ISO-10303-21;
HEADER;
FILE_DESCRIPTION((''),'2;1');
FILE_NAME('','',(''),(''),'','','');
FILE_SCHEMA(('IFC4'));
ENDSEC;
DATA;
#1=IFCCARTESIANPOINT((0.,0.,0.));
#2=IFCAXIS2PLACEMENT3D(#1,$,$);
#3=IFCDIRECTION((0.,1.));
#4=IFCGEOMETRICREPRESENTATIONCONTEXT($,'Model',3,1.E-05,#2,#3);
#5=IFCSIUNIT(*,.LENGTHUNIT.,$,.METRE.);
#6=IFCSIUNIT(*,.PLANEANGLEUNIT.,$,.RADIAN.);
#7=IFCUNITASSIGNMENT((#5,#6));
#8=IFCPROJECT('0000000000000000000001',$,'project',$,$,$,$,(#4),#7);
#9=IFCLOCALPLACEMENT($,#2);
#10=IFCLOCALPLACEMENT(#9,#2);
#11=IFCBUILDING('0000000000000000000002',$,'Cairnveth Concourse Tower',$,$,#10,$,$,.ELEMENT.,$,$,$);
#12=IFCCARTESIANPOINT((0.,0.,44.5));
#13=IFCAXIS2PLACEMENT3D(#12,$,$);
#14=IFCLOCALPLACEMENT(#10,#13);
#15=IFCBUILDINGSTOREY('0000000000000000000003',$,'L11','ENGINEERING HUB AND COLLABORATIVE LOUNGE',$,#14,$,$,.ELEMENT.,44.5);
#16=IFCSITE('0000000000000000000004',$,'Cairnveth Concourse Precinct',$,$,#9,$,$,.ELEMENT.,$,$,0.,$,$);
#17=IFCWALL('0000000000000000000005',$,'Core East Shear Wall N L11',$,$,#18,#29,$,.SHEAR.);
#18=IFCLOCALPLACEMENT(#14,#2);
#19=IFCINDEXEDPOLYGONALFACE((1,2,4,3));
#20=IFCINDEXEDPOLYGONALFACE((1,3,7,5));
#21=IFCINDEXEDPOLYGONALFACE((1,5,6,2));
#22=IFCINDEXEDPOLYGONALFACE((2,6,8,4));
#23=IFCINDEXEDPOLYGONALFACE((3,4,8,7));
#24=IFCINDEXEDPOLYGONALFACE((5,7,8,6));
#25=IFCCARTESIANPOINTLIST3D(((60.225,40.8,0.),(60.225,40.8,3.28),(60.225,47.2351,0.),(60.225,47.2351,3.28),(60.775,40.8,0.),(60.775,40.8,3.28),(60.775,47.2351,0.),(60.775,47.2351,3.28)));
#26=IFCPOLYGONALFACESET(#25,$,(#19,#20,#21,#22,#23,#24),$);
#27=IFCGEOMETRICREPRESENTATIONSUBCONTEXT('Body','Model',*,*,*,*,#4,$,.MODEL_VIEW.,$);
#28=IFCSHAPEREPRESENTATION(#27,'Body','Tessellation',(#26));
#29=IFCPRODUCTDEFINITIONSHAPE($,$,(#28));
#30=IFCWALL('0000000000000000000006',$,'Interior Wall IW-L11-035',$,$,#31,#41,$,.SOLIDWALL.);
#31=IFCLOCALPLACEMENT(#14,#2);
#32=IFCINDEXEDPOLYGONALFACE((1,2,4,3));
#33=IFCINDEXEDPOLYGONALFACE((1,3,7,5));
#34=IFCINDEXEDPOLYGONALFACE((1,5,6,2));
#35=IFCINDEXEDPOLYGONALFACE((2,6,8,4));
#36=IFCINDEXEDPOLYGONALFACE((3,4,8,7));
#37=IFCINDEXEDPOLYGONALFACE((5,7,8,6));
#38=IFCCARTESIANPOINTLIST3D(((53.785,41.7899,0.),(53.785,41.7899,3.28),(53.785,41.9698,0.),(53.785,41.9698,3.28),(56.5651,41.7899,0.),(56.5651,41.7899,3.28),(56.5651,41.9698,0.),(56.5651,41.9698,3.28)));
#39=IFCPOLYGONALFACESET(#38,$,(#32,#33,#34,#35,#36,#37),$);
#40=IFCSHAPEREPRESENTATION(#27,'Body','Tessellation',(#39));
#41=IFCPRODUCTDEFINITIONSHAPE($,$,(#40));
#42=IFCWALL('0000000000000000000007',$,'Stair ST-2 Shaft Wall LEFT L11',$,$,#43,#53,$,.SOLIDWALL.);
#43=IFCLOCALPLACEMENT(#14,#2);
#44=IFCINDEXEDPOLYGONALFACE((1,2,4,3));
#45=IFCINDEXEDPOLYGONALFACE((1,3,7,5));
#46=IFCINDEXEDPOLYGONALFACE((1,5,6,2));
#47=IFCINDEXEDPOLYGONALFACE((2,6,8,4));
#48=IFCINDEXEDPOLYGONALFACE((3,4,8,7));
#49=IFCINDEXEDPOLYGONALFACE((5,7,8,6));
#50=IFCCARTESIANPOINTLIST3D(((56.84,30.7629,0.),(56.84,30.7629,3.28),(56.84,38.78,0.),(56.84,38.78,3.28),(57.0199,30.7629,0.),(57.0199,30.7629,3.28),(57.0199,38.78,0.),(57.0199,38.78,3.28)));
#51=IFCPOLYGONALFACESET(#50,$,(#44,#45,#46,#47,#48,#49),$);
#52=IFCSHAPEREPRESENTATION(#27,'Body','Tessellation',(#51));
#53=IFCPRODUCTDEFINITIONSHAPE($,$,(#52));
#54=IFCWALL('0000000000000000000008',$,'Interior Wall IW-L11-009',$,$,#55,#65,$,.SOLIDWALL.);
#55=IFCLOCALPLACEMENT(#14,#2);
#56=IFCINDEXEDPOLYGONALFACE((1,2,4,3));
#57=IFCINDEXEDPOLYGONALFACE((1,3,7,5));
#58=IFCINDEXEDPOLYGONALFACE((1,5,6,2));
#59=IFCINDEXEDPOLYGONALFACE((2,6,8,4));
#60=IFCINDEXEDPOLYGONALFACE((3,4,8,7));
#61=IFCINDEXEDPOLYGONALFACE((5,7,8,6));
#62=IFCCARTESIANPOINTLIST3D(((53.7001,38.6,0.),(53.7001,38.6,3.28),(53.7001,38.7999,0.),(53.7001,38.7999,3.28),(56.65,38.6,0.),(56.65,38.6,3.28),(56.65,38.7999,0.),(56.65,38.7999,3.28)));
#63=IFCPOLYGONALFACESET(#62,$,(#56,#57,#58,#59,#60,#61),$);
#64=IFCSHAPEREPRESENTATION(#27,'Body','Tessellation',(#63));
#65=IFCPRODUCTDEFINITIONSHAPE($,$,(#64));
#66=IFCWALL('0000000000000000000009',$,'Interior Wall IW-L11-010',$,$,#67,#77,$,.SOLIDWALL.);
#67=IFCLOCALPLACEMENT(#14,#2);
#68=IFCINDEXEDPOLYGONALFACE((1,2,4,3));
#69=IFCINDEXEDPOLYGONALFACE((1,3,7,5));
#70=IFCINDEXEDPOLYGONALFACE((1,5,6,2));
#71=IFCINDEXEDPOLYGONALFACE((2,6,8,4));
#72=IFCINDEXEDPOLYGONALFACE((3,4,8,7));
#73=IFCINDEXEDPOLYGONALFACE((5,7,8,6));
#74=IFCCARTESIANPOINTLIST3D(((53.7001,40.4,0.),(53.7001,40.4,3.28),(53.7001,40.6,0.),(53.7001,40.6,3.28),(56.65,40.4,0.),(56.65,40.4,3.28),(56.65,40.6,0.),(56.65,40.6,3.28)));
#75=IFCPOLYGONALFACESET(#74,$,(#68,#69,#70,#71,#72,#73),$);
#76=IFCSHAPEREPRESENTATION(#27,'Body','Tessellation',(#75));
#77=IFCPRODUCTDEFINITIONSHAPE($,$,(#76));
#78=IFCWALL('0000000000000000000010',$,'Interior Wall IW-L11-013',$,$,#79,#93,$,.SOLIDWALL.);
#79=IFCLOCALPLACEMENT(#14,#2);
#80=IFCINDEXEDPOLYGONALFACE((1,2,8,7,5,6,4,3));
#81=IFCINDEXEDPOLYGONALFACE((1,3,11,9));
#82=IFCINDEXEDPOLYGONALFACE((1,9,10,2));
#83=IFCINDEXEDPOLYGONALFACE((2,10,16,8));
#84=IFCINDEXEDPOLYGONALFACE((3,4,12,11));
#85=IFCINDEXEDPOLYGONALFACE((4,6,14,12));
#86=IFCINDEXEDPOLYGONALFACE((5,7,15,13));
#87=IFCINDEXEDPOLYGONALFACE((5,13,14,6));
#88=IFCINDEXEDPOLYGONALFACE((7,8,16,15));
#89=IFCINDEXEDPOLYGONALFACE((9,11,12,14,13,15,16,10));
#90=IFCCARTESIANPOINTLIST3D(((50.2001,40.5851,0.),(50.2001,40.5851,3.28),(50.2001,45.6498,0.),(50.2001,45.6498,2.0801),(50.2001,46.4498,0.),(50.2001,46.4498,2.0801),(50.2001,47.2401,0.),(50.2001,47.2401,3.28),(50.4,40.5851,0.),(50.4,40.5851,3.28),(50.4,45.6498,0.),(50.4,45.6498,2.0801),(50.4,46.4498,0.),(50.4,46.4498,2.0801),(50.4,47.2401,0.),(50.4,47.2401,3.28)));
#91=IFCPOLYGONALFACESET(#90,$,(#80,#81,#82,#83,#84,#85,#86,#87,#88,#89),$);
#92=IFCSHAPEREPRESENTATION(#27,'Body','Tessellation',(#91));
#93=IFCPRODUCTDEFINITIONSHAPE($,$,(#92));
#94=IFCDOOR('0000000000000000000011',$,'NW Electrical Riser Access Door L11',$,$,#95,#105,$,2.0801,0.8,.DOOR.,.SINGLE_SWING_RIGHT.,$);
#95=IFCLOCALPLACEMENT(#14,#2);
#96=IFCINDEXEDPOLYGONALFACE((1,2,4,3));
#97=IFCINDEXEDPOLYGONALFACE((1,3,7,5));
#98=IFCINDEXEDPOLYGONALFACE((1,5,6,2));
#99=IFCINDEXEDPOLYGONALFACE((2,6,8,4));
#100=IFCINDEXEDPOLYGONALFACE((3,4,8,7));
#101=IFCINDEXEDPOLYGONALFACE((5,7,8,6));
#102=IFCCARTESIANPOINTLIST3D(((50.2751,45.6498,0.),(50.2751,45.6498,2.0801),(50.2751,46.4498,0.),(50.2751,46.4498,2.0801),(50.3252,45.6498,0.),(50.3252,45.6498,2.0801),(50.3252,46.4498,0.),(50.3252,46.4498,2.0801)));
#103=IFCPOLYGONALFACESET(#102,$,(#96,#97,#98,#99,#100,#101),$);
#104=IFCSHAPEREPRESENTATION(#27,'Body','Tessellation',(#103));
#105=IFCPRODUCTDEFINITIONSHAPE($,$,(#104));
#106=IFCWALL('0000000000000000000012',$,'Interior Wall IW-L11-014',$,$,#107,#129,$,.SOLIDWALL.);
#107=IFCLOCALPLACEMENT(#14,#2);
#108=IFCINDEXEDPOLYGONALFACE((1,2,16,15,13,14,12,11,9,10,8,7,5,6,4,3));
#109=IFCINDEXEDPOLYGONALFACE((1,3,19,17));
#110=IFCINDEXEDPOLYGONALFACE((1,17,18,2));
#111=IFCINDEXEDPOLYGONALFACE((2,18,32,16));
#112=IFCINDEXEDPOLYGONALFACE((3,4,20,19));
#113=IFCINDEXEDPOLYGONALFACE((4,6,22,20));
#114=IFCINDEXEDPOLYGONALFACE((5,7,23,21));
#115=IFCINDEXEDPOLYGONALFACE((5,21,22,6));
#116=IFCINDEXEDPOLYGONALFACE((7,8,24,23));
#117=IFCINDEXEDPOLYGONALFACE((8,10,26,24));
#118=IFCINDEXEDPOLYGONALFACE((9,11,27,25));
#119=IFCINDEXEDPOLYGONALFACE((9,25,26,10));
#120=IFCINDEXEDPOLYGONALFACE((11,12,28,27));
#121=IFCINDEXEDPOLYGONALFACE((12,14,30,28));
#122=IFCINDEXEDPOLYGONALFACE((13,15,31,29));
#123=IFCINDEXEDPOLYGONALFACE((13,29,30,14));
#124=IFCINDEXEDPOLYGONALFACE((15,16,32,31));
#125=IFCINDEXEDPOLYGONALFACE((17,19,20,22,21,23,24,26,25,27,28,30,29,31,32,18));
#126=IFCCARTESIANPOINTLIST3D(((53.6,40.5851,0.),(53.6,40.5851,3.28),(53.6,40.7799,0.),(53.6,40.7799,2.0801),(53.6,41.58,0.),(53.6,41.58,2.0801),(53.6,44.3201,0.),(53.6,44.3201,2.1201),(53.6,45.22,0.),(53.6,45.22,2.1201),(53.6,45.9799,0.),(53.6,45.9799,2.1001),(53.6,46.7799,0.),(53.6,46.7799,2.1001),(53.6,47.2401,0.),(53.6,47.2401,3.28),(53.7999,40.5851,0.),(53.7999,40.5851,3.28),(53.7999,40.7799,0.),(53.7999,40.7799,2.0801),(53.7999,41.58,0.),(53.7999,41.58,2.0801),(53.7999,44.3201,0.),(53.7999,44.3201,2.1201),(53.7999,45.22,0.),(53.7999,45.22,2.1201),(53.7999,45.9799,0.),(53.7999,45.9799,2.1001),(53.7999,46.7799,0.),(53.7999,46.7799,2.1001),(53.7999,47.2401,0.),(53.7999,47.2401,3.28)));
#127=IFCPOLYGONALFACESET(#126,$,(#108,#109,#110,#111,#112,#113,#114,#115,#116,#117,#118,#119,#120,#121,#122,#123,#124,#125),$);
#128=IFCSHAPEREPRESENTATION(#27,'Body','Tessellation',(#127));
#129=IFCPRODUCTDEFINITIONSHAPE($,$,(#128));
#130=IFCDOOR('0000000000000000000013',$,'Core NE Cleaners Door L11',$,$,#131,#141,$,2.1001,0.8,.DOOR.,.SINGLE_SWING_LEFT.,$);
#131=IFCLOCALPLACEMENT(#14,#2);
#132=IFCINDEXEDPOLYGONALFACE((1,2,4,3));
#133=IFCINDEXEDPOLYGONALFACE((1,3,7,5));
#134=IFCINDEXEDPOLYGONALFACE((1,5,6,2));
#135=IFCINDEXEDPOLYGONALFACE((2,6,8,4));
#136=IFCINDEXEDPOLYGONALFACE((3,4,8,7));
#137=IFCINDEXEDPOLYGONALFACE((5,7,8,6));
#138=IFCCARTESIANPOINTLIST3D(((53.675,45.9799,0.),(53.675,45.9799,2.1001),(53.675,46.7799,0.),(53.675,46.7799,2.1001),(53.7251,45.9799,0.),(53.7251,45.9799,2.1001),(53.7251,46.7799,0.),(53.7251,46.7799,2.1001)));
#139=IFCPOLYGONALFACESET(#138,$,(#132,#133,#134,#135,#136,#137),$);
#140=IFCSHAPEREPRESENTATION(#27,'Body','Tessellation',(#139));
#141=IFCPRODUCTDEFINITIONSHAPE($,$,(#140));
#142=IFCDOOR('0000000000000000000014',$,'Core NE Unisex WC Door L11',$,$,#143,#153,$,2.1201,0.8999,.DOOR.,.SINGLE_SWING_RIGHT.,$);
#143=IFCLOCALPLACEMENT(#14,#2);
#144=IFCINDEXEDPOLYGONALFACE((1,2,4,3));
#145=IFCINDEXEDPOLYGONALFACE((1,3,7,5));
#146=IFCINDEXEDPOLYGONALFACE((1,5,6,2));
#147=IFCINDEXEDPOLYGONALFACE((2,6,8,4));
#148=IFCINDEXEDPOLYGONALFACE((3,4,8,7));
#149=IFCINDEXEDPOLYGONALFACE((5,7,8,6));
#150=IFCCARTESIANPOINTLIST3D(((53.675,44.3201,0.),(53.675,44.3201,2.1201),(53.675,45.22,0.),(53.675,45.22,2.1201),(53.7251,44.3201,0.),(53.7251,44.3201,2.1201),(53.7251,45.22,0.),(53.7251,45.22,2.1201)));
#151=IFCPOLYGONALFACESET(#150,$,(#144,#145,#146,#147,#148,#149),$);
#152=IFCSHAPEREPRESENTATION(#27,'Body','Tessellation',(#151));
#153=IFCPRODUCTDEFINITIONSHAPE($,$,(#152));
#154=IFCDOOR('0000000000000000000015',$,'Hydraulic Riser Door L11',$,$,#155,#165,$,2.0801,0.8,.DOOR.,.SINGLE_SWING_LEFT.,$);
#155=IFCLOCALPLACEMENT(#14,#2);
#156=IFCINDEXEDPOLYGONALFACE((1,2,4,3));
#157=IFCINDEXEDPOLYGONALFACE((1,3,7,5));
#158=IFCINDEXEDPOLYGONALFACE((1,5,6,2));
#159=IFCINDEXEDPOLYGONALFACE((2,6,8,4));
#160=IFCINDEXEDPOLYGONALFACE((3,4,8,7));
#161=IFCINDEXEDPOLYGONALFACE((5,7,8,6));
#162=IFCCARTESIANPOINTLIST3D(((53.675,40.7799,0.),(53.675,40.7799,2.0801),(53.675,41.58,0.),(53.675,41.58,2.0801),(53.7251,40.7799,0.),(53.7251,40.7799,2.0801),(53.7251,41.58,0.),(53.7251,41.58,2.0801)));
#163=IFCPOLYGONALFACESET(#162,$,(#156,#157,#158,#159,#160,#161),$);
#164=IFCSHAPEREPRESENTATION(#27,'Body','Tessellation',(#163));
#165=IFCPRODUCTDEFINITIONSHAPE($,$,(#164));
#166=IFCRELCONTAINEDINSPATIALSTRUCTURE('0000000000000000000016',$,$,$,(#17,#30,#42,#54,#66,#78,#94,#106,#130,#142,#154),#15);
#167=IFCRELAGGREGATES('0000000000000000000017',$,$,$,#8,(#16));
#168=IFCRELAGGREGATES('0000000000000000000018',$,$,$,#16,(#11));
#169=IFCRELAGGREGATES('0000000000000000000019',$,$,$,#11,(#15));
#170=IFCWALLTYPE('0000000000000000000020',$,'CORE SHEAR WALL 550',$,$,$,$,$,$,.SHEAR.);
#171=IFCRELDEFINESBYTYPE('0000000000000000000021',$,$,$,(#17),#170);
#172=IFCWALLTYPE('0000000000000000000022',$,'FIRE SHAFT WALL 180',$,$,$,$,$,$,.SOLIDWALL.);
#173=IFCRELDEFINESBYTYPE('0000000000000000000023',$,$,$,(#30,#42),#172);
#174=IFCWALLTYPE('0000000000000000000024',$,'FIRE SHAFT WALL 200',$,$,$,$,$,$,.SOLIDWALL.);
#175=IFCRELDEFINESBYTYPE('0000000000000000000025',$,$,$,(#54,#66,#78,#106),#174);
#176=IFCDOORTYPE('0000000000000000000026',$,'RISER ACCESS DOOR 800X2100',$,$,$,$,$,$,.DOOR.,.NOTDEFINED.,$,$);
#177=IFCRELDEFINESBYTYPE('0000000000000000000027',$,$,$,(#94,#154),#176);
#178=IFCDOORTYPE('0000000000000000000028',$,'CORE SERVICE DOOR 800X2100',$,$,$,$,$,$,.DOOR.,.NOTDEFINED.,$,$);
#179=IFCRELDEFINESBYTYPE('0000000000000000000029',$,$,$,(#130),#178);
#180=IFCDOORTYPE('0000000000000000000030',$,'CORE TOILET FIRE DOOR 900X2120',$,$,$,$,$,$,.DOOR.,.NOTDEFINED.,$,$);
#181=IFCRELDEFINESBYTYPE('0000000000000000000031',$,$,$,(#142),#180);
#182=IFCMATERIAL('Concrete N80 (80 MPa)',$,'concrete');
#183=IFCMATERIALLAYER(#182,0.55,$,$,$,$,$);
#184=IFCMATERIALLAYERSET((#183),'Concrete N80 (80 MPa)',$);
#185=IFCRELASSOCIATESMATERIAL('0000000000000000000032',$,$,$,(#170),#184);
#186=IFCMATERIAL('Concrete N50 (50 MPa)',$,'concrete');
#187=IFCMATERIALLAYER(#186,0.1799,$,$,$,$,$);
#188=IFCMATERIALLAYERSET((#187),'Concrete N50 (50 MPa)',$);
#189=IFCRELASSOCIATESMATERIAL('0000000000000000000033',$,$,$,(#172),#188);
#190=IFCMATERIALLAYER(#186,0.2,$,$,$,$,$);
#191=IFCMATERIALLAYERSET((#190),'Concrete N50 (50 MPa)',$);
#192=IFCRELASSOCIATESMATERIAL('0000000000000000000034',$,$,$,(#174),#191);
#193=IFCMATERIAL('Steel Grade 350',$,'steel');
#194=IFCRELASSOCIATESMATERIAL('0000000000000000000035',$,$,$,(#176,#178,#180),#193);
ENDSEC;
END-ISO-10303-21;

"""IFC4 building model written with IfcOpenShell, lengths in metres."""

from ifc_helpers import new_model, si_unit, direction, frame, frame_2d, origin, place, context, subcontext, project, spatial, rectangle, extrude, material, layer, layer_set, type_object, element, fill, save


model = new_model("IFC4")

# Units and contexts
model_context = context("Model", 3, precision=1e-05, world=origin(), true_north=direction((0.0, 1.0)))
body_context = subcontext(model_context, "Body", "Model", "MODEL_VIEW")
ifc_project = project(units=[si_unit("LENGTHUNIT", "METRE"), si_unit("PLANEANGLEUNIT", "RADIAN")], contexts=[model_context])

# Site, building, storey
site_placement = place(None, origin())
site = spatial("IfcSite", under=ifc_project, at=site_placement, Name="Cairnveth Concourse Precinct", CompositionType="ELEMENT", RefElevation=0.0)
building_placement = place(site_placement, origin())
building = spatial("IfcBuilding", under=site, at=building_placement, Name="Cairnveth Concourse Tower", CompositionType="ELEMENT")
storey_placement = place(building_placement, frame((0.0, 0.0, 44.5)))
storey = spatial("IfcBuildingStorey", under=building, at=storey_placement, Name="L11", Description="ENGINEERING HUB AND COLLABORATIVE LOUNGE", CompositionType="ELEMENT", Elevation=44.5)

# Walls
ifc_material_1 = material(Name="Concrete N80 (80 MPa)", Category="concrete")
ifc_layer_1 = layer(ifc_material_1, 0.55)
ifc_layer_set_1 = layer_set([ifc_layer_1], Name="Concrete N80 (80 MPa)")
wall_type_1 = type_object("IfcWallType", Name="CORE SHEAR WALL 550", PredefinedType="SHEAR", material=ifc_layer_set_1)
wall_1_placement = place(storey_placement, frame((60.5, 40.8, 0.0), z_axis=(0.0, 0.0, 1.0), x_axis=(0.0, 1.0, 0.0)))
element("IfcWall", 1, at=wall_1_placement, inside=storey, type_object=wall_type_1, Name="Core East Shear Wall N L11", PredefinedType="SHEAR", context=body_context, shape_type="SweptSolid", body=[
    extrude(rectangle(XDim=6.4351, YDim=0.55, at=frame_2d((3.2175, 0.0))), origin(), (0.0, 0.0, 1.0), 3.28),
])
ifc_material_2 = material(Name="Concrete N50 (50 MPa)", Category="concrete")
ifc_layer_2 = layer(ifc_material_2, 0.1799)
ifc_layer_set_2 = layer_set([ifc_layer_2], Name="Concrete N50 (50 MPa)")
wall_type_2 = type_object("IfcWallType", Name="FIRE SHAFT WALL 180", PredefinedType="SOLIDWALL", material=ifc_layer_set_2)
wall_2_placement = place(storey_placement, frame((53.7849, 41.8799, 0.0), z_axis=(0.0, 0.0, 1.0), x_axis=(1.0, 0.0, 0.0)))
element("IfcWall", 2, at=wall_2_placement, inside=storey, type_object=wall_type_2, Name="Interior Wall IW-L11-035", PredefinedType="SOLIDWALL", context=body_context, shape_type="SweptSolid", body=[
    extrude(rectangle(XDim=2.78, YDim=0.1799, at=frame_2d((1.3901, 0.0))), origin(), (0.0, 0.0, 1.0), 3.28),
])

# Shared definitions
ifc_material_3 = material(Name="Steel Grade 350", Category="steel")

# Walls
wall_3_placement = place(storey_placement, frame((56.9299, 38.78, 0.0), z_axis=(0.0, 0.0, 1.0), x_axis=(0.0, -1.0, 0.0)))
element("IfcWall", 3, at=wall_3_placement, inside=storey, type_object=wall_type_2, Name="Stair ST-2 Shaft Wall LEFT L11", PredefinedType="SOLIDWALL", context=body_context, shape_type="SweptSolid", body=[
    extrude(rectangle(XDim=8.0171, YDim=0.1799, at=frame_2d((4.0085, 0.0))), origin(), (0.0, 0.0, 1.0), 3.28),
])
ifc_layer_3 = layer(ifc_material_2, 0.2)
ifc_layer_set_3 = layer_set([ifc_layer_3], Name="Concrete N50 (50 MPa)")
wall_type_3 = type_object("IfcWallType", Name="FIRE SHAFT WALL 200", PredefinedType="SOLIDWALL", material=ifc_layer_set_3)
for number, where, z_axis, x_axis, name in (
    (4, (53.7, 38.7, 0.0), (0.0, 0.0, 1.0), (1.0, 0.0, 0.0), "Interior Wall IW-L11-009"),
    (5, (53.7, 40.5, 0.0), (0.0, 0.0, 1.0), (1.0, 0.0, 0.0), "Interior Wall IW-L11-010"),
):
    element("IfcWall", number, at=place(storey_placement, frame(where, z_axis=z_axis, x_axis=x_axis)), inside=storey, type_object=wall_type_3, Name=name, PredefinedType="SOLIDWALL", context=body_context, shape_type="SweptSolid", body=[
        extrude(rectangle(XDim=2.95, YDim=0.2, at=frame_2d((1.4751, 0.0))), origin(), (0.0, 0.0, 1.0), 3.28),
    ])

# Wall, opening, door
wall_4_placement = place(storey_placement, frame((50.3, 40.585, 0.0), z_axis=(0.0, 0.0, 1.0), x_axis=(0.0, 1.0, 0.0)))
wall_4 = element("IfcWall", 6, at=wall_4_placement, inside=storey, type_object=wall_type_3, Name="Interior Wall IW-L11-013", PredefinedType="SOLIDWALL", context=body_context, shape_type="SweptSolid", body=[
    extrude(rectangle(XDim=6.655, YDim=0.2, at=frame_2d((3.3276, 0.0))), origin(), (0.0, 0.0, 1.0), 3.28),
])
opening_1_placement = place(wall_4_placement, frame((5.0649, 0.0, 0.0)))
opening_1 = element("IfcOpeningElement", 7, at=opening_1_placement, cuts=wall_4, PredefinedType="OPENING", context=body_context, shape_type="SweptSolid", body=[
    extrude(rectangle(XDim=0.8, YDim=2.0801, at=frame_2d((0.3999, 1.04))), frame((0.0, 0.1099, 0.0), z_axis=(0.0, -1.0, 0.0), x_axis=(1.0, 0.0, 0.0)), (0.0, 0.0, 1.0), 0.22),
])
door_type_1 = type_object("IfcDoorType", Name="RISER ACCESS DOOR 800X2100", OperationType="NOTDEFINED", PredefinedType="DOOR", material=ifc_material_3)
door_1_placement = place(opening_1_placement, origin())
door_1 = element("IfcDoor", 8, at=door_1_placement, inside=storey, type_object=door_type_1, Name="NW Electrical Riser Access Door L11", OperationType="SINGLE_SWING_RIGHT", OverallHeight=2.0801, OverallWidth=0.8, PredefinedType="DOOR", context=body_context, shape_type="SweptSolid", body=[
    extrude(rectangle(XDim=0.8, YDim=2.0801, at=frame_2d((0.3999, 1.04))), frame((0.0, 0.0249, 0.0), z_axis=(0.0, -1.0, 0.0), x_axis=(1.0, 0.0, 0.0)), (0.0, 0.0, 1.0), 0.05),
])
fill(opening_1, door_1)

# Wall, openings, doors
wall_5_placement = place(storey_placement, frame((53.7, 40.585, 0.0), z_axis=(0.0, 0.0, 1.0), x_axis=(0.0, 1.0, 0.0)))
wall_5 = element("IfcWall", 9, at=wall_5_placement, inside=storey, type_object=wall_type_3, Name="Interior Wall IW-L11-014", PredefinedType="SOLIDWALL", context=body_context, shape_type="SweptSolid", body=[
    extrude(rectangle(XDim=6.655, YDim=0.2, at=frame_2d((3.3276, 0.0))), origin(), (0.0, 0.0, 1.0), 3.28),
])
opening_2_placement = place(wall_5_placement, frame((0.1951, 0.0, 0.0)))
opening_2 = element("IfcOpeningElement", 10, at=opening_2_placement, cuts=wall_5, PredefinedType="OPENING", context=body_context, shape_type="SweptSolid", body=[
    extrude(rectangle(XDim=0.8, YDim=2.0801, at=frame_2d((0.3999, 1.04))), frame((0.0, 0.1099, 0.0), z_axis=(0.0, -1.0, 0.0), x_axis=(1.0, 0.0, 0.0)), (0.0, 0.0, 1.0), 0.22),
])
opening_3_placement = place(wall_5_placement, frame((3.7351, 0.0, 0.0)))
opening_3 = element("IfcOpeningElement", 11, at=opening_3_placement, cuts=wall_5, PredefinedType="OPENING", context=body_context, shape_type="SweptSolid", body=[
    extrude(rectangle(XDim=0.8999, YDim=2.1201, at=frame_2d((0.45, 1.0601))), frame((0.0, 0.1099, 0.0), z_axis=(0.0, -1.0, 0.0), x_axis=(1.0, 0.0, 0.0)), (0.0, 0.0, 1.0), 0.22),
])
opening_4_placement = place(wall_5_placement, frame((5.395, 0.0, 0.0)))
opening_4 = element("IfcOpeningElement", 12, at=opening_4_placement, cuts=wall_5, PredefinedType="OPENING", context=body_context, shape_type="SweptSolid", body=[
    extrude(rectangle(XDim=0.8, YDim=2.1001, at=frame_2d((0.3999, 1.05))), frame((0.0, 0.1099, 0.0), z_axis=(0.0, -1.0, 0.0), x_axis=(1.0, 0.0, 0.0)), (0.0, 0.0, 1.0), 0.22),
])
door_type_2 = type_object("IfcDoorType", Name="CORE SERVICE DOOR 800X2100", OperationType="NOTDEFINED", PredefinedType="DOOR", material=ifc_material_3)
door_2_placement = place(opening_4_placement, origin())
door_2 = element("IfcDoor", 13, at=door_2_placement, inside=storey, type_object=door_type_2, Name="Core NE Cleaners Door L11", OperationType="SINGLE_SWING_LEFT", OverallHeight=2.1001, OverallWidth=0.8, PredefinedType="DOOR", context=body_context, shape_type="SweptSolid", body=[
    extrude(rectangle(XDim=0.8, YDim=2.1001, at=frame_2d((0.3999, 1.05))), frame((0.0, 0.0249, 0.0), z_axis=(0.0, -1.0, 0.0), x_axis=(1.0, 0.0, 0.0)), (0.0, 0.0, 1.0), 0.05),
])
fill(opening_4, door_2)
door_type_3 = type_object("IfcDoorType", Name="CORE TOILET FIRE DOOR 900X2120", OperationType="NOTDEFINED", PredefinedType="DOOR", material=ifc_material_3)
door_3_placement = place(opening_3_placement, origin())
door_3 = element("IfcDoor", 14, at=door_3_placement, inside=storey, type_object=door_type_3, Name="Core NE Unisex WC Door L11", OperationType="SINGLE_SWING_RIGHT", OverallHeight=2.1201, OverallWidth=0.8999, PredefinedType="DOOR", context=body_context, shape_type="SweptSolid", body=[
    extrude(rectangle(XDim=0.8999, YDim=2.1201, at=frame_2d((0.45, 1.0601))), frame((0.0, 0.0249, 0.0), z_axis=(0.0, -1.0, 0.0), x_axis=(1.0, 0.0, 0.0)), (0.0, 0.0, 1.0), 0.05),
])
fill(opening_3, door_3)
door_4_placement = place(opening_2_placement, origin())
door_4 = element("IfcDoor", 15, at=door_4_placement, inside=storey, type_object=door_type_1, Name="Hydraulic Riser Door L11", OperationType="SINGLE_SWING_LEFT", OverallHeight=2.0801, OverallWidth=0.8, PredefinedType="DOOR", context=body_context, shape_type="SweptSolid", body=[
    extrude(rectangle(XDim=0.8, YDim=2.0801, at=frame_2d((0.3999, 1.04))), frame((0.0, 0.0249, 0.0), z_axis=(0.0, -1.0, 0.0), x_axis=(1.0, 0.0, 0.0)), (0.0, 0.0, 1.0), 0.05),
])
fill(opening_2, door_4)

save(model, "model.ifc")
